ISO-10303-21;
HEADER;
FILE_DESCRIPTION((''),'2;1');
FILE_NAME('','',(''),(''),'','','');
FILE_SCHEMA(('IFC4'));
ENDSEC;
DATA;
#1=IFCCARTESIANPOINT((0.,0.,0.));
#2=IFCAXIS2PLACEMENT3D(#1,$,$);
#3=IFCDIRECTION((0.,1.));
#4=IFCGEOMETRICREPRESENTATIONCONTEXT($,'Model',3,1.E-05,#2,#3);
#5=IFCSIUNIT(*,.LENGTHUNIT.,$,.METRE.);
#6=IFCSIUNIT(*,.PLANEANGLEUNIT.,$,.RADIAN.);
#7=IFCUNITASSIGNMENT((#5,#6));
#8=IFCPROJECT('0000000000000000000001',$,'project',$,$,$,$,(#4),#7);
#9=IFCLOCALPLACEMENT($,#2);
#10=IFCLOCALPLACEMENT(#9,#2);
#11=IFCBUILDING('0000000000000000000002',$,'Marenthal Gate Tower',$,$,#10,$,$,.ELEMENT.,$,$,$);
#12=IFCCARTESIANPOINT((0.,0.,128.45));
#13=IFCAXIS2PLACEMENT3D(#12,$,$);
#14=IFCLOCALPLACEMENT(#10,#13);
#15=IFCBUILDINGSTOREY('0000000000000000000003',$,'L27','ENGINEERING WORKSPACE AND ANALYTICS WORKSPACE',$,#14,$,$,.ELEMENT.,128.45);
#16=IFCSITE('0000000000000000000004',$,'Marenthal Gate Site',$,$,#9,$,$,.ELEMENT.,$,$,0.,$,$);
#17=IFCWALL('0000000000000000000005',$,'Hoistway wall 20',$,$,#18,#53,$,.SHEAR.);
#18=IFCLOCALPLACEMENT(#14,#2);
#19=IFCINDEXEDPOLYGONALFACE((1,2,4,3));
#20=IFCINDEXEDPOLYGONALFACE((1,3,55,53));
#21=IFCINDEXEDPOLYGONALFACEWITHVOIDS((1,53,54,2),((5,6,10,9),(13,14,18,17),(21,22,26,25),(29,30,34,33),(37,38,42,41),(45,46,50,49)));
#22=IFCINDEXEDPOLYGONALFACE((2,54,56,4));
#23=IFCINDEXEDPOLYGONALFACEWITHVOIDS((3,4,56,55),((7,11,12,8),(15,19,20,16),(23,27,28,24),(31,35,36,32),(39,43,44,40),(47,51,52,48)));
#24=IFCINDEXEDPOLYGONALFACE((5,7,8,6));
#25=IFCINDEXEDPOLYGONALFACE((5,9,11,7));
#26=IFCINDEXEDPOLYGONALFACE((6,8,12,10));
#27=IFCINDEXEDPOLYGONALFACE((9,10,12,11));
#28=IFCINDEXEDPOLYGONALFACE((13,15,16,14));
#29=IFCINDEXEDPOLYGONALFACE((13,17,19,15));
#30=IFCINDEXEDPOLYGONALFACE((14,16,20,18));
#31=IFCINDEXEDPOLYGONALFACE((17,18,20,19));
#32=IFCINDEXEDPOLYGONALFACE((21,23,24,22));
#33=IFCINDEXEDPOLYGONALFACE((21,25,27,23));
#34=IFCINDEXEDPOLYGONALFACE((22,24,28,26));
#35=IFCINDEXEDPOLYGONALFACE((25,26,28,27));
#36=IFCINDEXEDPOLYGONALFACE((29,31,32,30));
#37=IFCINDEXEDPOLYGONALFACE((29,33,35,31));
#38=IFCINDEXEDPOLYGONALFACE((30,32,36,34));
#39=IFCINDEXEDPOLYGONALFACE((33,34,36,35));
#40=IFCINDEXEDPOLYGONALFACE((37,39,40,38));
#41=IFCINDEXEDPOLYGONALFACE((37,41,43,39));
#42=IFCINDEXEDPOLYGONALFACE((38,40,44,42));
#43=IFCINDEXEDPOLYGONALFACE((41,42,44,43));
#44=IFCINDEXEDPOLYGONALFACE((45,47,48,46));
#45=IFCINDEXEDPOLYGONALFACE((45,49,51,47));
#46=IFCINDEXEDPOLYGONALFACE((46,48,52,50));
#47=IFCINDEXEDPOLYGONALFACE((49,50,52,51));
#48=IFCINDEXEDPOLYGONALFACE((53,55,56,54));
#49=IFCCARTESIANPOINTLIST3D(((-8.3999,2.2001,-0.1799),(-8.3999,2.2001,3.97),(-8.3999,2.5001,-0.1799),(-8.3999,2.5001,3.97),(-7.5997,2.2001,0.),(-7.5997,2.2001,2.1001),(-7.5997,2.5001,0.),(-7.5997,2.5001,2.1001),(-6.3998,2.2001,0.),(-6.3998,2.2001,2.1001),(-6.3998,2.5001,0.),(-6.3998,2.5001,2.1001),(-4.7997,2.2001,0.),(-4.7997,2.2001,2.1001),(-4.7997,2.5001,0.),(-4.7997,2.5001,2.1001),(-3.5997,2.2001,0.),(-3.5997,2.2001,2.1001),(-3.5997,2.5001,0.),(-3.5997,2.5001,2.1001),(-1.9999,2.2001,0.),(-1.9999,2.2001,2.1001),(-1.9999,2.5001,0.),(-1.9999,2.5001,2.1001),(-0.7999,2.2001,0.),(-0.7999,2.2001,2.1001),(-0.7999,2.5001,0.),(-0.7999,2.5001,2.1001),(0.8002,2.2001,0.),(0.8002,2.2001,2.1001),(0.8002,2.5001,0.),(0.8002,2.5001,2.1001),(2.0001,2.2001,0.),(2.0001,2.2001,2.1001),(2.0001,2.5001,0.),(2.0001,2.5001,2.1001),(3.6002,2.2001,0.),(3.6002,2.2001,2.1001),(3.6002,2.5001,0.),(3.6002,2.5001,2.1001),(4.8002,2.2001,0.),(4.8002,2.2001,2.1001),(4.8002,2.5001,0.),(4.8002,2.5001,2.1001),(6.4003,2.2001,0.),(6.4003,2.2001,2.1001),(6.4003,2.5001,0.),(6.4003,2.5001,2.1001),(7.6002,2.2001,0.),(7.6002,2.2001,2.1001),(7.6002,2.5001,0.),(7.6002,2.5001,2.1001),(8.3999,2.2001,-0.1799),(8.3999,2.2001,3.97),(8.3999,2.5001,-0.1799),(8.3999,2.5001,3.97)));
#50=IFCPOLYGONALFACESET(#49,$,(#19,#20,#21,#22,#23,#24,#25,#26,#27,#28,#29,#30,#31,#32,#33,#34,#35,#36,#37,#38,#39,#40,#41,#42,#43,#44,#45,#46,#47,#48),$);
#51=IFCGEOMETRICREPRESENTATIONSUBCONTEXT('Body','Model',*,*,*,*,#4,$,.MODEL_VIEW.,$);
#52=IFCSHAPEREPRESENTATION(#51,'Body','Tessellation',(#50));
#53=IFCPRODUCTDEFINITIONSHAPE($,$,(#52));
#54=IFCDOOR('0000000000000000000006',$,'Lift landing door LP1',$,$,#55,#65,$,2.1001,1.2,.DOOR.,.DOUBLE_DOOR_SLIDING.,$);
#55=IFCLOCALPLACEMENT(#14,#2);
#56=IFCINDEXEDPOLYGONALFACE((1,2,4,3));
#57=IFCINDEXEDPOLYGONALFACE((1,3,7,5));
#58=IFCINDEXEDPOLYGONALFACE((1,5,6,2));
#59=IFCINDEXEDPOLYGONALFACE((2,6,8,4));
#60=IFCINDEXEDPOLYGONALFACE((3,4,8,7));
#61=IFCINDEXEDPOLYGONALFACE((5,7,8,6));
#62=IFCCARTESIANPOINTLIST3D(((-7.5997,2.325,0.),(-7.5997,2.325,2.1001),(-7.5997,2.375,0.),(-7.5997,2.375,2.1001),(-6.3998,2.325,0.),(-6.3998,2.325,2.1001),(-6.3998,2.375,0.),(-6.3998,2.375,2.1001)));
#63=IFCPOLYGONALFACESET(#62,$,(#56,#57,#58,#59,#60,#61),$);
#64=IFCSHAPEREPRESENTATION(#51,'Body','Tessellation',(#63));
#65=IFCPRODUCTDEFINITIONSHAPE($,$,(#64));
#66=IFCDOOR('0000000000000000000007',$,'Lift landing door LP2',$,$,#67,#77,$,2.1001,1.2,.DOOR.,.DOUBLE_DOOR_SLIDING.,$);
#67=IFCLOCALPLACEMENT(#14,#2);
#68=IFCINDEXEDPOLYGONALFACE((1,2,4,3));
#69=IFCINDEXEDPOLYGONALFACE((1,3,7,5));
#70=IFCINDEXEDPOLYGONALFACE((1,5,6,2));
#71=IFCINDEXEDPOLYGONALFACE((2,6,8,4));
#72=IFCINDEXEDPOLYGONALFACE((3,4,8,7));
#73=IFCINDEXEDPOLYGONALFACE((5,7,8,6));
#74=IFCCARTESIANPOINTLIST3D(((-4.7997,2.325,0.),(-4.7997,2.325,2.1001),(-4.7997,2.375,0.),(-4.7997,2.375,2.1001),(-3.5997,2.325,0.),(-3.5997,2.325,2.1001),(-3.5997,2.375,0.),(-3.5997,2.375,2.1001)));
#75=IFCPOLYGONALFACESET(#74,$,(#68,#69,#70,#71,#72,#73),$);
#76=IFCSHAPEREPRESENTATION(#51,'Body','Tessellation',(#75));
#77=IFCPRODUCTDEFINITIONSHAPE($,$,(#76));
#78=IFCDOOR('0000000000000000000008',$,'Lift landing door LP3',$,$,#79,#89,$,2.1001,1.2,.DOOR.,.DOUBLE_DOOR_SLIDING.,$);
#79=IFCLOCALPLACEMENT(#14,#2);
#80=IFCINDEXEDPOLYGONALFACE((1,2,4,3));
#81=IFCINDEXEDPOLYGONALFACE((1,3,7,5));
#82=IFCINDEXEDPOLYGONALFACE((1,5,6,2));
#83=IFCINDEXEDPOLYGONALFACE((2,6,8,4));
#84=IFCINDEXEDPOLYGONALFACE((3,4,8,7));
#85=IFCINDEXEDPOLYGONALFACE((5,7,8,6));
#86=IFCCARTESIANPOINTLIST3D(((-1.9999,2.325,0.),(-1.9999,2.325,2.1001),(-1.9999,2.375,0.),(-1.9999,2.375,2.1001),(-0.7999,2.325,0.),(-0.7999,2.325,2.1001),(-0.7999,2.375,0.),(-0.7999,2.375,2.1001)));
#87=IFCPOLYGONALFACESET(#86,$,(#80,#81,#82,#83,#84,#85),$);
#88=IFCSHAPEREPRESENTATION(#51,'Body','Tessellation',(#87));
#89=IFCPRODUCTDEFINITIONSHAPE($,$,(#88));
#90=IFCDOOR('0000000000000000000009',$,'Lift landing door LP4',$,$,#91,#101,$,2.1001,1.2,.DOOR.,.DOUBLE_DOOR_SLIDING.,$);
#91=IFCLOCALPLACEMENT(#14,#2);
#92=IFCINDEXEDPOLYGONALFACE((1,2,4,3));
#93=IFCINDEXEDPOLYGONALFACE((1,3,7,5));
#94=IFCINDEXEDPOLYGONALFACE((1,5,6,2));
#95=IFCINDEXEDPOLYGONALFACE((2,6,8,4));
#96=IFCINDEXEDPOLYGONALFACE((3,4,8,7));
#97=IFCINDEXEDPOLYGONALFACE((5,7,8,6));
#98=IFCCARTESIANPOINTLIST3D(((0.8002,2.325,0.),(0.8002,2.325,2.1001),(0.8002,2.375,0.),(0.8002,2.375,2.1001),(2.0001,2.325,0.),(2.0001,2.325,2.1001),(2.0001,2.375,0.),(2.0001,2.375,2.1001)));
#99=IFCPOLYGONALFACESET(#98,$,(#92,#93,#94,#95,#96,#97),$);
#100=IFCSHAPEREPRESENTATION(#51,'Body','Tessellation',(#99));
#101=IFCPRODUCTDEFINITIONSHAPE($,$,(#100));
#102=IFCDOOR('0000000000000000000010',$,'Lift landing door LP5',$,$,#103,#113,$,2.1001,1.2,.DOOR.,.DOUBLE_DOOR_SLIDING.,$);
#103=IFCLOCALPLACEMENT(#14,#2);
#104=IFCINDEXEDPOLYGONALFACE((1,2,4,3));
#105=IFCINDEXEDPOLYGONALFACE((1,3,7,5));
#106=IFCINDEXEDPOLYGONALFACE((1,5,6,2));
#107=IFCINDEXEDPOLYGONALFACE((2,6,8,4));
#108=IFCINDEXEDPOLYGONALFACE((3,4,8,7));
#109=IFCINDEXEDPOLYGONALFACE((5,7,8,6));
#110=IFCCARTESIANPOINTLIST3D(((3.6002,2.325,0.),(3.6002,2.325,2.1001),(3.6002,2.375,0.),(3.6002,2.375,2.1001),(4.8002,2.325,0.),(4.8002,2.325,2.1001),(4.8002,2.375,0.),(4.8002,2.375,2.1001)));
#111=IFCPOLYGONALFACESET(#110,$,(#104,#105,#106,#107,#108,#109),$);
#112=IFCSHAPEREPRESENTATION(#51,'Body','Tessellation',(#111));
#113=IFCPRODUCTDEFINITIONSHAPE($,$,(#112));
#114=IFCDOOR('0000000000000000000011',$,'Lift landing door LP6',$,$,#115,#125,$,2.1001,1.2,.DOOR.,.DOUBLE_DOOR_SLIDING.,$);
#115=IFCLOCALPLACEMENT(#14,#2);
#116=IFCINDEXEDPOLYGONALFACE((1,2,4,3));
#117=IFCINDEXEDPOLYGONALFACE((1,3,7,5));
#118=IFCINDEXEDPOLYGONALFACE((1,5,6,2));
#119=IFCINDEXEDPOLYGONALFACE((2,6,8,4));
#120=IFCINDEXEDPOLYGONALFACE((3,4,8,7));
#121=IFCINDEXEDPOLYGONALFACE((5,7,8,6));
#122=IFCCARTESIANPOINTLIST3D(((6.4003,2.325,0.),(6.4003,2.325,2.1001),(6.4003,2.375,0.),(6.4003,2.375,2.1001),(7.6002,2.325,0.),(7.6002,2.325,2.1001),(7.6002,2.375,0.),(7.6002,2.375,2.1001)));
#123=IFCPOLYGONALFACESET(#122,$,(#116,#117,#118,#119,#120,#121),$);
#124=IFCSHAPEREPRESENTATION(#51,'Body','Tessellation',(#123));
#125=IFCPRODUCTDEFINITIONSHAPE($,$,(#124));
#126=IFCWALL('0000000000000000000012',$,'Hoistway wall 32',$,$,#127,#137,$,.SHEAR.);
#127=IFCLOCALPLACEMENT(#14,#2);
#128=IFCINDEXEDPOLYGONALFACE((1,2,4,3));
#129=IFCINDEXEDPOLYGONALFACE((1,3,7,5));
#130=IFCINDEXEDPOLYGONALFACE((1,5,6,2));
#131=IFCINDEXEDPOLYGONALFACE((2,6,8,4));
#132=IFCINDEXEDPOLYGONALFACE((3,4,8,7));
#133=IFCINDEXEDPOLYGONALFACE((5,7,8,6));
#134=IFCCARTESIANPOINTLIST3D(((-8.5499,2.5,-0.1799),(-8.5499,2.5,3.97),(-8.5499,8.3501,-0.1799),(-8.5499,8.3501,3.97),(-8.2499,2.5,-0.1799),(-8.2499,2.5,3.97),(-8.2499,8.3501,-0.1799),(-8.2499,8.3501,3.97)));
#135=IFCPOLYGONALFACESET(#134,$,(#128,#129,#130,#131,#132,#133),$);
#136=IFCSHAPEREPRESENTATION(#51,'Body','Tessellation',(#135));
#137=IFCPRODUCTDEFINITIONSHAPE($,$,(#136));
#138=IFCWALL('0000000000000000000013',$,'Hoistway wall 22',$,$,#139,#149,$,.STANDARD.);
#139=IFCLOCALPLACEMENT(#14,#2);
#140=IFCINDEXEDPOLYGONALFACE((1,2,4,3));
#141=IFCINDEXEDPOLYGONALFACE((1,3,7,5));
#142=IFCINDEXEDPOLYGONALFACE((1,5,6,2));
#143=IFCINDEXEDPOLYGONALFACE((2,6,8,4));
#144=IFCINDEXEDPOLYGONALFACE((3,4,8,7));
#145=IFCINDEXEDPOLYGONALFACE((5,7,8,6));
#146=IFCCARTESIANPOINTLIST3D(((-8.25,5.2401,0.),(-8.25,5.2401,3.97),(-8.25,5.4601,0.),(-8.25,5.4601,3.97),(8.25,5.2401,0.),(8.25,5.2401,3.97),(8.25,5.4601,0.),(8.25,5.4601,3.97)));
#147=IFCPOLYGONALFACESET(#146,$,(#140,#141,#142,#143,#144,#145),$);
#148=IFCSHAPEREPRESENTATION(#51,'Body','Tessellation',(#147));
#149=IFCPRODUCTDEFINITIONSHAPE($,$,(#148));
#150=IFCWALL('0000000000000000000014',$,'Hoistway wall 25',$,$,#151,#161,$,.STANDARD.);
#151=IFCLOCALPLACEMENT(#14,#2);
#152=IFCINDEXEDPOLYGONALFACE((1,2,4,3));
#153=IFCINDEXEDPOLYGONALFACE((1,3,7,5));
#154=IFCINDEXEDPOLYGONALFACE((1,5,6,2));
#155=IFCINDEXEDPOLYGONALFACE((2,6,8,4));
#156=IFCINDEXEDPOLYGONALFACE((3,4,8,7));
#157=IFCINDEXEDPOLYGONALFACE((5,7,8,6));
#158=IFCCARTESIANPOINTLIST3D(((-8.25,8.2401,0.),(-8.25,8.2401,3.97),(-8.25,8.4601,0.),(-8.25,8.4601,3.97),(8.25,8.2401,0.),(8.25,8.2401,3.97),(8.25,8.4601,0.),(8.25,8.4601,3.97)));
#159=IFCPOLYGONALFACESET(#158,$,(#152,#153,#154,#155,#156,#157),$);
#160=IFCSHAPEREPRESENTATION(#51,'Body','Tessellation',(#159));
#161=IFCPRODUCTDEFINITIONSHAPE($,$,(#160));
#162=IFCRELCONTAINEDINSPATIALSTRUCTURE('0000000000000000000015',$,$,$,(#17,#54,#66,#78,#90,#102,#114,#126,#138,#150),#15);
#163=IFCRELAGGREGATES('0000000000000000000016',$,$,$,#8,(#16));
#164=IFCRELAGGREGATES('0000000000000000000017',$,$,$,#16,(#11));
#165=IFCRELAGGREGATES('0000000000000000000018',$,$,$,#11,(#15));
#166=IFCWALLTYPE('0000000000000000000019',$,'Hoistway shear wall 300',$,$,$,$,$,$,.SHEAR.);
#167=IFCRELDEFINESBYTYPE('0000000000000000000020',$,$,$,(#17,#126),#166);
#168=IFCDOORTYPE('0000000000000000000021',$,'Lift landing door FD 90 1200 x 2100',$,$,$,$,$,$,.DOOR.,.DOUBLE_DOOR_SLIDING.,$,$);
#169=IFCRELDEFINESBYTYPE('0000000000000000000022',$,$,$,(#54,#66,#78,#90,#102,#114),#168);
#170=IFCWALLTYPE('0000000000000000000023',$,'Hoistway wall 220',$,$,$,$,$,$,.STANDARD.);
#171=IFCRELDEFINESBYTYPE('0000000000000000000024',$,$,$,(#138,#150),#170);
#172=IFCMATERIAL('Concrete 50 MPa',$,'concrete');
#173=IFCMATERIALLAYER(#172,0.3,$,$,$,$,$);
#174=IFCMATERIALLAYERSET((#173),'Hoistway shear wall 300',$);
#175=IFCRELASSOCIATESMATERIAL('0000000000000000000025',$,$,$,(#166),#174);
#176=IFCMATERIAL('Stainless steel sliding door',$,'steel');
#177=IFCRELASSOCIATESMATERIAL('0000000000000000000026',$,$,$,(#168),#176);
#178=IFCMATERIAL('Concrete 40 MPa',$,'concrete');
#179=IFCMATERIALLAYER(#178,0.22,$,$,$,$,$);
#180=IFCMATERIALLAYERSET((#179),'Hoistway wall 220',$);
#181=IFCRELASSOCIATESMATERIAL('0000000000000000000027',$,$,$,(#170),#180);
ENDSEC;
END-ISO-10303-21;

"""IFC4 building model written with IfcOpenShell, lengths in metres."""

from ifc_helpers import new_model, si_unit, direction, frame, frame_2d, origin, place, context, subcontext, project, spatial, rectangle, extrude, material, layer, layer_set, type_object, element, fill, save


model = new_model("IFC4")

# Units and contexts
model_context = context("Model", 3, precision=1e-05, world=origin(), true_north=direction((0.0, 1.0)))
body_context = subcontext(model_context, "Body", "Model", "MODEL_VIEW")
ifc_project = project(units=[si_unit("LENGTHUNIT", "METRE"), si_unit("PLANEANGLEUNIT", "RADIAN")], contexts=[model_context])

# Site, building, storey
site_placement = place(None, origin())
site = spatial("IfcSite", under=ifc_project, at=site_placement, Name="Marenthal Gate Site", CompositionType="ELEMENT", RefElevation=0.0)
building_placement = place(site_placement, origin())
building = spatial("IfcBuilding", under=site, at=building_placement, Name="Marenthal Gate Tower", CompositionType="ELEMENT")
storey_placement = place(building_placement, frame((0.0, 0.0, 128.45)))
storey = spatial("IfcBuildingStorey", under=building, at=storey_placement, Name="L27", Description="ENGINEERING WORKSPACE AND ANALYTICS WORKSPACE", CompositionType="ELEMENT", Elevation=128.45)

# Wall, openings, doors
ifc_material_1 = material(Name="Concrete 50 MPa", Category="concrete")
ifc_layer_1 = layer(ifc_material_1, 0.3)
ifc_layer_set_1 = layer_set([ifc_layer_1], Name="Hoistway shear wall 300")
wall_type_1 = type_object("IfcWallType", Name="Hoistway shear wall 300", PredefinedType="SHEAR", material=ifc_layer_set_1)
wall_1_placement = place(storey_placement, frame((-8.3999, 2.3501, -0.1799), z_axis=(0.0, 0.0, 1.0), x_axis=(1.0, 0.0, 0.0)))
wall_1 = element("IfcWall", 1, at=wall_1_placement, inside=storey, type_object=wall_type_1, Name="Hoistway wall 20", PredefinedType="SHEAR", context=body_context, shape_type="SweptSolid", body=[
    extrude(rectangle(XDim=16.7998, YDim=0.3, at=frame_2d((8.3999, 0.0))), origin(), (0.0, 0.0, 1.0), 4.1499),
])
opening_1_placement = place(wall_1_placement, frame((0.8, 0.0, 0.1799)))
opening_1 = element("IfcOpeningElement", 2, at=opening_1_placement, cuts=wall_1, PredefinedType="OPENING", context=body_context, shape_type="SweptSolid", body=[
    extrude(rectangle(XDim=1.2, YDim=2.1001, at=frame_2d((0.6001, 1.05))), frame((0.0, 0.1602, 0.0), z_axis=(0.0, -1.0, 0.0), x_axis=(1.0, 0.0, 0.0)), (0.0, 0.0, 1.0), 0.3201),
])
opening_2_placement = place(wall_1_placement, frame((3.6001, 0.0, 0.1799)))
opening_2 = element("IfcOpeningElement", 3, at=opening_2_placement, cuts=wall_1, PredefinedType="OPENING", context=body_context, shape_type="SweptSolid", body=[
    extrude(rectangle(XDim=1.2, YDim=2.1001, at=frame_2d((0.6001, 1.05))), frame((0.0, 0.1602, 0.0), z_axis=(0.0, -1.0, 0.0), x_axis=(1.0, 0.0, 0.0)), (0.0, 0.0, 1.0), 0.3201),
])
opening_3_placement = place(wall_1_placement, frame((6.3999, 0.0, 0.1799)))
opening_3 = element("IfcOpeningElement", 4, at=opening_3_placement, cuts=wall_1, PredefinedType="OPENING", context=body_context, shape_type="SweptSolid", body=[
    extrude(rectangle(XDim=1.2, YDim=2.1001, at=frame_2d((0.6001, 1.05))), frame((0.0, 0.1602, 0.0), z_axis=(0.0, -1.0, 0.0), x_axis=(1.0, 0.0, 0.0)), (0.0, 0.0, 1.0), 0.3201),
])
opening_4_placement = place(wall_1_placement, frame((9.2, 0.0, 0.1799)))
opening_4 = element("IfcOpeningElement", 5, at=opening_4_placement, cuts=wall_1, PredefinedType="OPENING", context=body_context, shape_type="SweptSolid", body=[
    extrude(rectangle(XDim=1.2, YDim=2.1001, at=frame_2d((0.6001, 1.05))), frame((0.0, 0.1602, 0.0), z_axis=(0.0, -1.0, 0.0), x_axis=(1.0, 0.0, 0.0)), (0.0, 0.0, 1.0), 0.3201),
])
opening_5_placement = place(wall_1_placement, frame((12.0, 0.0, 0.1799)))
opening_5 = element("IfcOpeningElement", 6, at=opening_5_placement, cuts=wall_1, PredefinedType="OPENING", context=body_context, shape_type="SweptSolid", body=[
    extrude(rectangle(XDim=1.2, YDim=2.1001, at=frame_2d((0.6001, 1.05))), frame((0.0, 0.1602, 0.0), z_axis=(0.0, -1.0, 0.0), x_axis=(1.0, 0.0, 0.0)), (0.0, 0.0, 1.0), 0.3201),
])
opening_6_placement = place(wall_1_placement, frame((14.8, 0.0, 0.1799)))
opening_6 = element("IfcOpeningElement", 7, at=opening_6_placement, cuts=wall_1, PredefinedType="OPENING", context=body_context, shape_type="SweptSolid", body=[
    extrude(rectangle(XDim=1.2, YDim=2.1001, at=frame_2d((0.6001, 1.05))), frame((0.0, 0.1602, 0.0), z_axis=(0.0, -1.0, 0.0), x_axis=(1.0, 0.0, 0.0)), (0.0, 0.0, 1.0), 0.3201),
])
ifc_material_2 = material(Name="Stainless steel sliding door", Category="steel")
door_type_1 = type_object("IfcDoorType", Name="Lift landing door FD 90 1200 x 2100", OperationType="DOUBLE_DOOR_SLIDING", PredefinedType="DOOR", material=ifc_material_2)
door_1_placement = place(opening_1_placement, origin())
door_1 = element("IfcDoor", 8, at=door_1_placement, inside=storey, type_object=door_type_1, Name="Lift landing door LP1", OperationType="DOUBLE_DOOR_SLIDING", OverallHeight=2.1001, OverallWidth=1.2, PredefinedType="DOOR", context=body_context, shape_type="SweptSolid", body=[
    extrude(rectangle(XDim=1.2, YDim=2.1001, at=frame_2d((0.6001, 1.05))), frame((0.0, 0.0249, 0.0), z_axis=(0.0, -1.0, 0.0), x_axis=(1.0, 0.0, 0.0)), (0.0, 0.0, 1.0), 0.05),
])
fill(opening_1, door_1)
door_2_placement = place(opening_2_placement, origin())
door_2 = element("IfcDoor", 9, at=door_2_placement, inside=storey, type_object=door_type_1, Name="Lift landing door LP2", OperationType="DOUBLE_DOOR_SLIDING", OverallHeight=2.1001, OverallWidth=1.2, PredefinedType="DOOR", context=body_context, shape_type="SweptSolid", body=[
    extrude(rectangle(XDim=1.2, YDim=2.1001, at=frame_2d((0.6001, 1.05))), frame((0.0, 0.0249, 0.0), z_axis=(0.0, -1.0, 0.0), x_axis=(1.0, 0.0, 0.0)), (0.0, 0.0, 1.0), 0.05),
])
fill(opening_2, door_2)
door_3_placement = place(opening_3_placement, origin())
door_3 = element("IfcDoor", 10, at=door_3_placement, inside=storey, type_object=door_type_1, Name="Lift landing door LP3", OperationType="DOUBLE_DOOR_SLIDING", OverallHeight=2.1001, OverallWidth=1.2, PredefinedType="DOOR", context=body_context, shape_type="SweptSolid", body=[
    extrude(rectangle(XDim=1.2, YDim=2.1001, at=frame_2d((0.6001, 1.05))), frame((0.0, 0.0249, 0.0), z_axis=(0.0, -1.0, 0.0), x_axis=(1.0, 0.0, 0.0)), (0.0, 0.0, 1.0), 0.05),
])
fill(opening_3, door_3)
door_4_placement = place(opening_4_placement, origin())
door_4 = element("IfcDoor", 11, at=door_4_placement, inside=storey, type_object=door_type_1, Name="Lift landing door LP4", OperationType="DOUBLE_DOOR_SLIDING", OverallHeight=2.1001, OverallWidth=1.2, PredefinedType="DOOR", context=body_context, shape_type="SweptSolid", body=[
    extrude(rectangle(XDim=1.2, YDim=2.1001, at=frame_2d((0.6001, 1.05))), frame((0.0, 0.0249, 0.0), z_axis=(0.0, -1.0, 0.0), x_axis=(1.0, 0.0, 0.0)), (0.0, 0.0, 1.0), 0.05),
])
fill(opening_4, door_4)
door_5_placement = place(opening_5_placement, origin())
door_5 = element("IfcDoor", 12, at=door_5_placement, inside=storey, type_object=door_type_1, Name="Lift landing door LP5", OperationType="DOUBLE_DOOR_SLIDING", OverallHeight=2.1001, OverallWidth=1.2, PredefinedType="DOOR", context=body_context, shape_type="SweptSolid", body=[
    extrude(rectangle(XDim=1.2, YDim=2.1001, at=frame_2d((0.6001, 1.05))), frame((0.0, 0.0249, 0.0), z_axis=(0.0, -1.0, 0.0), x_axis=(1.0, 0.0, 0.0)), (0.0, 0.0, 1.0), 0.05),
])
fill(opening_5, door_5)
door_6_placement = place(opening_6_placement, origin())
door_6 = element("IfcDoor", 13, at=door_6_placement, inside=storey, type_object=door_type_1, Name="Lift landing door LP6", OperationType="DOUBLE_DOOR_SLIDING", OverallHeight=2.1001, OverallWidth=1.2, PredefinedType="DOOR", context=body_context, shape_type="SweptSolid", body=[
    extrude(rectangle(XDim=1.2, YDim=2.1001, at=frame_2d((0.6001, 1.05))), frame((0.0, 0.0249, 0.0), z_axis=(0.0, -1.0, 0.0), x_axis=(1.0, 0.0, 0.0)), (0.0, 0.0, 1.0), 0.05),
])
fill(opening_6, door_6)

# Walls
wall_2_placement = place(storey_placement, frame((-8.3999, 2.5, -0.1799), z_axis=(0.0, 0.0, 1.0), x_axis=(0.0, 1.0, 0.0)))
element("IfcWall", 14, at=wall_2_placement, inside=storey, type_object=wall_type_1, Name="Hoistway wall 32", PredefinedType="SHEAR", context=body_context, shape_type="SweptSolid", body=[
    extrude(rectangle(XDim=5.8501, YDim=0.3, at=frame_2d((2.925, 0.0))), origin(), (0.0, 0.0, 1.0), 4.1499),
])
ifc_material_3 = material(Name="Concrete 40 MPa", Category="concrete")
ifc_layer_2 = layer(ifc_material_3, 0.22)
ifc_layer_set_2 = layer_set([ifc_layer_2], Name="Hoistway wall 220")
wall_type_2 = type_object("IfcWallType", Name="Hoistway wall 220", PredefinedType="STANDARD", material=ifc_layer_set_2)
for number, where, z_axis, x_axis, name in (
    (15, (-8.25, 5.3501, 0.0), (0.0, 0.0, 1.0), (1.0, 0.0, 0.0), "Hoistway wall 22"),
    (16, (-8.25, 8.3501, 0.0), (0.0, 0.0, 1.0), (1.0, 0.0, 0.0), "Hoistway wall 25"),
):
    element("IfcWall", number, at=place(storey_placement, frame(where, z_axis=z_axis, x_axis=x_axis)), inside=storey, type_object=wall_type_2, Name=name, PredefinedType="STANDARD", context=body_context, shape_type="SweptSolid", body=[
        extrude(rectangle(XDim=16.5, YDim=0.22, at=frame_2d((8.25, 0.0))), origin(), (0.0, 0.0, 1.0), 3.97),
    ])

save(model, "model.ifc")
